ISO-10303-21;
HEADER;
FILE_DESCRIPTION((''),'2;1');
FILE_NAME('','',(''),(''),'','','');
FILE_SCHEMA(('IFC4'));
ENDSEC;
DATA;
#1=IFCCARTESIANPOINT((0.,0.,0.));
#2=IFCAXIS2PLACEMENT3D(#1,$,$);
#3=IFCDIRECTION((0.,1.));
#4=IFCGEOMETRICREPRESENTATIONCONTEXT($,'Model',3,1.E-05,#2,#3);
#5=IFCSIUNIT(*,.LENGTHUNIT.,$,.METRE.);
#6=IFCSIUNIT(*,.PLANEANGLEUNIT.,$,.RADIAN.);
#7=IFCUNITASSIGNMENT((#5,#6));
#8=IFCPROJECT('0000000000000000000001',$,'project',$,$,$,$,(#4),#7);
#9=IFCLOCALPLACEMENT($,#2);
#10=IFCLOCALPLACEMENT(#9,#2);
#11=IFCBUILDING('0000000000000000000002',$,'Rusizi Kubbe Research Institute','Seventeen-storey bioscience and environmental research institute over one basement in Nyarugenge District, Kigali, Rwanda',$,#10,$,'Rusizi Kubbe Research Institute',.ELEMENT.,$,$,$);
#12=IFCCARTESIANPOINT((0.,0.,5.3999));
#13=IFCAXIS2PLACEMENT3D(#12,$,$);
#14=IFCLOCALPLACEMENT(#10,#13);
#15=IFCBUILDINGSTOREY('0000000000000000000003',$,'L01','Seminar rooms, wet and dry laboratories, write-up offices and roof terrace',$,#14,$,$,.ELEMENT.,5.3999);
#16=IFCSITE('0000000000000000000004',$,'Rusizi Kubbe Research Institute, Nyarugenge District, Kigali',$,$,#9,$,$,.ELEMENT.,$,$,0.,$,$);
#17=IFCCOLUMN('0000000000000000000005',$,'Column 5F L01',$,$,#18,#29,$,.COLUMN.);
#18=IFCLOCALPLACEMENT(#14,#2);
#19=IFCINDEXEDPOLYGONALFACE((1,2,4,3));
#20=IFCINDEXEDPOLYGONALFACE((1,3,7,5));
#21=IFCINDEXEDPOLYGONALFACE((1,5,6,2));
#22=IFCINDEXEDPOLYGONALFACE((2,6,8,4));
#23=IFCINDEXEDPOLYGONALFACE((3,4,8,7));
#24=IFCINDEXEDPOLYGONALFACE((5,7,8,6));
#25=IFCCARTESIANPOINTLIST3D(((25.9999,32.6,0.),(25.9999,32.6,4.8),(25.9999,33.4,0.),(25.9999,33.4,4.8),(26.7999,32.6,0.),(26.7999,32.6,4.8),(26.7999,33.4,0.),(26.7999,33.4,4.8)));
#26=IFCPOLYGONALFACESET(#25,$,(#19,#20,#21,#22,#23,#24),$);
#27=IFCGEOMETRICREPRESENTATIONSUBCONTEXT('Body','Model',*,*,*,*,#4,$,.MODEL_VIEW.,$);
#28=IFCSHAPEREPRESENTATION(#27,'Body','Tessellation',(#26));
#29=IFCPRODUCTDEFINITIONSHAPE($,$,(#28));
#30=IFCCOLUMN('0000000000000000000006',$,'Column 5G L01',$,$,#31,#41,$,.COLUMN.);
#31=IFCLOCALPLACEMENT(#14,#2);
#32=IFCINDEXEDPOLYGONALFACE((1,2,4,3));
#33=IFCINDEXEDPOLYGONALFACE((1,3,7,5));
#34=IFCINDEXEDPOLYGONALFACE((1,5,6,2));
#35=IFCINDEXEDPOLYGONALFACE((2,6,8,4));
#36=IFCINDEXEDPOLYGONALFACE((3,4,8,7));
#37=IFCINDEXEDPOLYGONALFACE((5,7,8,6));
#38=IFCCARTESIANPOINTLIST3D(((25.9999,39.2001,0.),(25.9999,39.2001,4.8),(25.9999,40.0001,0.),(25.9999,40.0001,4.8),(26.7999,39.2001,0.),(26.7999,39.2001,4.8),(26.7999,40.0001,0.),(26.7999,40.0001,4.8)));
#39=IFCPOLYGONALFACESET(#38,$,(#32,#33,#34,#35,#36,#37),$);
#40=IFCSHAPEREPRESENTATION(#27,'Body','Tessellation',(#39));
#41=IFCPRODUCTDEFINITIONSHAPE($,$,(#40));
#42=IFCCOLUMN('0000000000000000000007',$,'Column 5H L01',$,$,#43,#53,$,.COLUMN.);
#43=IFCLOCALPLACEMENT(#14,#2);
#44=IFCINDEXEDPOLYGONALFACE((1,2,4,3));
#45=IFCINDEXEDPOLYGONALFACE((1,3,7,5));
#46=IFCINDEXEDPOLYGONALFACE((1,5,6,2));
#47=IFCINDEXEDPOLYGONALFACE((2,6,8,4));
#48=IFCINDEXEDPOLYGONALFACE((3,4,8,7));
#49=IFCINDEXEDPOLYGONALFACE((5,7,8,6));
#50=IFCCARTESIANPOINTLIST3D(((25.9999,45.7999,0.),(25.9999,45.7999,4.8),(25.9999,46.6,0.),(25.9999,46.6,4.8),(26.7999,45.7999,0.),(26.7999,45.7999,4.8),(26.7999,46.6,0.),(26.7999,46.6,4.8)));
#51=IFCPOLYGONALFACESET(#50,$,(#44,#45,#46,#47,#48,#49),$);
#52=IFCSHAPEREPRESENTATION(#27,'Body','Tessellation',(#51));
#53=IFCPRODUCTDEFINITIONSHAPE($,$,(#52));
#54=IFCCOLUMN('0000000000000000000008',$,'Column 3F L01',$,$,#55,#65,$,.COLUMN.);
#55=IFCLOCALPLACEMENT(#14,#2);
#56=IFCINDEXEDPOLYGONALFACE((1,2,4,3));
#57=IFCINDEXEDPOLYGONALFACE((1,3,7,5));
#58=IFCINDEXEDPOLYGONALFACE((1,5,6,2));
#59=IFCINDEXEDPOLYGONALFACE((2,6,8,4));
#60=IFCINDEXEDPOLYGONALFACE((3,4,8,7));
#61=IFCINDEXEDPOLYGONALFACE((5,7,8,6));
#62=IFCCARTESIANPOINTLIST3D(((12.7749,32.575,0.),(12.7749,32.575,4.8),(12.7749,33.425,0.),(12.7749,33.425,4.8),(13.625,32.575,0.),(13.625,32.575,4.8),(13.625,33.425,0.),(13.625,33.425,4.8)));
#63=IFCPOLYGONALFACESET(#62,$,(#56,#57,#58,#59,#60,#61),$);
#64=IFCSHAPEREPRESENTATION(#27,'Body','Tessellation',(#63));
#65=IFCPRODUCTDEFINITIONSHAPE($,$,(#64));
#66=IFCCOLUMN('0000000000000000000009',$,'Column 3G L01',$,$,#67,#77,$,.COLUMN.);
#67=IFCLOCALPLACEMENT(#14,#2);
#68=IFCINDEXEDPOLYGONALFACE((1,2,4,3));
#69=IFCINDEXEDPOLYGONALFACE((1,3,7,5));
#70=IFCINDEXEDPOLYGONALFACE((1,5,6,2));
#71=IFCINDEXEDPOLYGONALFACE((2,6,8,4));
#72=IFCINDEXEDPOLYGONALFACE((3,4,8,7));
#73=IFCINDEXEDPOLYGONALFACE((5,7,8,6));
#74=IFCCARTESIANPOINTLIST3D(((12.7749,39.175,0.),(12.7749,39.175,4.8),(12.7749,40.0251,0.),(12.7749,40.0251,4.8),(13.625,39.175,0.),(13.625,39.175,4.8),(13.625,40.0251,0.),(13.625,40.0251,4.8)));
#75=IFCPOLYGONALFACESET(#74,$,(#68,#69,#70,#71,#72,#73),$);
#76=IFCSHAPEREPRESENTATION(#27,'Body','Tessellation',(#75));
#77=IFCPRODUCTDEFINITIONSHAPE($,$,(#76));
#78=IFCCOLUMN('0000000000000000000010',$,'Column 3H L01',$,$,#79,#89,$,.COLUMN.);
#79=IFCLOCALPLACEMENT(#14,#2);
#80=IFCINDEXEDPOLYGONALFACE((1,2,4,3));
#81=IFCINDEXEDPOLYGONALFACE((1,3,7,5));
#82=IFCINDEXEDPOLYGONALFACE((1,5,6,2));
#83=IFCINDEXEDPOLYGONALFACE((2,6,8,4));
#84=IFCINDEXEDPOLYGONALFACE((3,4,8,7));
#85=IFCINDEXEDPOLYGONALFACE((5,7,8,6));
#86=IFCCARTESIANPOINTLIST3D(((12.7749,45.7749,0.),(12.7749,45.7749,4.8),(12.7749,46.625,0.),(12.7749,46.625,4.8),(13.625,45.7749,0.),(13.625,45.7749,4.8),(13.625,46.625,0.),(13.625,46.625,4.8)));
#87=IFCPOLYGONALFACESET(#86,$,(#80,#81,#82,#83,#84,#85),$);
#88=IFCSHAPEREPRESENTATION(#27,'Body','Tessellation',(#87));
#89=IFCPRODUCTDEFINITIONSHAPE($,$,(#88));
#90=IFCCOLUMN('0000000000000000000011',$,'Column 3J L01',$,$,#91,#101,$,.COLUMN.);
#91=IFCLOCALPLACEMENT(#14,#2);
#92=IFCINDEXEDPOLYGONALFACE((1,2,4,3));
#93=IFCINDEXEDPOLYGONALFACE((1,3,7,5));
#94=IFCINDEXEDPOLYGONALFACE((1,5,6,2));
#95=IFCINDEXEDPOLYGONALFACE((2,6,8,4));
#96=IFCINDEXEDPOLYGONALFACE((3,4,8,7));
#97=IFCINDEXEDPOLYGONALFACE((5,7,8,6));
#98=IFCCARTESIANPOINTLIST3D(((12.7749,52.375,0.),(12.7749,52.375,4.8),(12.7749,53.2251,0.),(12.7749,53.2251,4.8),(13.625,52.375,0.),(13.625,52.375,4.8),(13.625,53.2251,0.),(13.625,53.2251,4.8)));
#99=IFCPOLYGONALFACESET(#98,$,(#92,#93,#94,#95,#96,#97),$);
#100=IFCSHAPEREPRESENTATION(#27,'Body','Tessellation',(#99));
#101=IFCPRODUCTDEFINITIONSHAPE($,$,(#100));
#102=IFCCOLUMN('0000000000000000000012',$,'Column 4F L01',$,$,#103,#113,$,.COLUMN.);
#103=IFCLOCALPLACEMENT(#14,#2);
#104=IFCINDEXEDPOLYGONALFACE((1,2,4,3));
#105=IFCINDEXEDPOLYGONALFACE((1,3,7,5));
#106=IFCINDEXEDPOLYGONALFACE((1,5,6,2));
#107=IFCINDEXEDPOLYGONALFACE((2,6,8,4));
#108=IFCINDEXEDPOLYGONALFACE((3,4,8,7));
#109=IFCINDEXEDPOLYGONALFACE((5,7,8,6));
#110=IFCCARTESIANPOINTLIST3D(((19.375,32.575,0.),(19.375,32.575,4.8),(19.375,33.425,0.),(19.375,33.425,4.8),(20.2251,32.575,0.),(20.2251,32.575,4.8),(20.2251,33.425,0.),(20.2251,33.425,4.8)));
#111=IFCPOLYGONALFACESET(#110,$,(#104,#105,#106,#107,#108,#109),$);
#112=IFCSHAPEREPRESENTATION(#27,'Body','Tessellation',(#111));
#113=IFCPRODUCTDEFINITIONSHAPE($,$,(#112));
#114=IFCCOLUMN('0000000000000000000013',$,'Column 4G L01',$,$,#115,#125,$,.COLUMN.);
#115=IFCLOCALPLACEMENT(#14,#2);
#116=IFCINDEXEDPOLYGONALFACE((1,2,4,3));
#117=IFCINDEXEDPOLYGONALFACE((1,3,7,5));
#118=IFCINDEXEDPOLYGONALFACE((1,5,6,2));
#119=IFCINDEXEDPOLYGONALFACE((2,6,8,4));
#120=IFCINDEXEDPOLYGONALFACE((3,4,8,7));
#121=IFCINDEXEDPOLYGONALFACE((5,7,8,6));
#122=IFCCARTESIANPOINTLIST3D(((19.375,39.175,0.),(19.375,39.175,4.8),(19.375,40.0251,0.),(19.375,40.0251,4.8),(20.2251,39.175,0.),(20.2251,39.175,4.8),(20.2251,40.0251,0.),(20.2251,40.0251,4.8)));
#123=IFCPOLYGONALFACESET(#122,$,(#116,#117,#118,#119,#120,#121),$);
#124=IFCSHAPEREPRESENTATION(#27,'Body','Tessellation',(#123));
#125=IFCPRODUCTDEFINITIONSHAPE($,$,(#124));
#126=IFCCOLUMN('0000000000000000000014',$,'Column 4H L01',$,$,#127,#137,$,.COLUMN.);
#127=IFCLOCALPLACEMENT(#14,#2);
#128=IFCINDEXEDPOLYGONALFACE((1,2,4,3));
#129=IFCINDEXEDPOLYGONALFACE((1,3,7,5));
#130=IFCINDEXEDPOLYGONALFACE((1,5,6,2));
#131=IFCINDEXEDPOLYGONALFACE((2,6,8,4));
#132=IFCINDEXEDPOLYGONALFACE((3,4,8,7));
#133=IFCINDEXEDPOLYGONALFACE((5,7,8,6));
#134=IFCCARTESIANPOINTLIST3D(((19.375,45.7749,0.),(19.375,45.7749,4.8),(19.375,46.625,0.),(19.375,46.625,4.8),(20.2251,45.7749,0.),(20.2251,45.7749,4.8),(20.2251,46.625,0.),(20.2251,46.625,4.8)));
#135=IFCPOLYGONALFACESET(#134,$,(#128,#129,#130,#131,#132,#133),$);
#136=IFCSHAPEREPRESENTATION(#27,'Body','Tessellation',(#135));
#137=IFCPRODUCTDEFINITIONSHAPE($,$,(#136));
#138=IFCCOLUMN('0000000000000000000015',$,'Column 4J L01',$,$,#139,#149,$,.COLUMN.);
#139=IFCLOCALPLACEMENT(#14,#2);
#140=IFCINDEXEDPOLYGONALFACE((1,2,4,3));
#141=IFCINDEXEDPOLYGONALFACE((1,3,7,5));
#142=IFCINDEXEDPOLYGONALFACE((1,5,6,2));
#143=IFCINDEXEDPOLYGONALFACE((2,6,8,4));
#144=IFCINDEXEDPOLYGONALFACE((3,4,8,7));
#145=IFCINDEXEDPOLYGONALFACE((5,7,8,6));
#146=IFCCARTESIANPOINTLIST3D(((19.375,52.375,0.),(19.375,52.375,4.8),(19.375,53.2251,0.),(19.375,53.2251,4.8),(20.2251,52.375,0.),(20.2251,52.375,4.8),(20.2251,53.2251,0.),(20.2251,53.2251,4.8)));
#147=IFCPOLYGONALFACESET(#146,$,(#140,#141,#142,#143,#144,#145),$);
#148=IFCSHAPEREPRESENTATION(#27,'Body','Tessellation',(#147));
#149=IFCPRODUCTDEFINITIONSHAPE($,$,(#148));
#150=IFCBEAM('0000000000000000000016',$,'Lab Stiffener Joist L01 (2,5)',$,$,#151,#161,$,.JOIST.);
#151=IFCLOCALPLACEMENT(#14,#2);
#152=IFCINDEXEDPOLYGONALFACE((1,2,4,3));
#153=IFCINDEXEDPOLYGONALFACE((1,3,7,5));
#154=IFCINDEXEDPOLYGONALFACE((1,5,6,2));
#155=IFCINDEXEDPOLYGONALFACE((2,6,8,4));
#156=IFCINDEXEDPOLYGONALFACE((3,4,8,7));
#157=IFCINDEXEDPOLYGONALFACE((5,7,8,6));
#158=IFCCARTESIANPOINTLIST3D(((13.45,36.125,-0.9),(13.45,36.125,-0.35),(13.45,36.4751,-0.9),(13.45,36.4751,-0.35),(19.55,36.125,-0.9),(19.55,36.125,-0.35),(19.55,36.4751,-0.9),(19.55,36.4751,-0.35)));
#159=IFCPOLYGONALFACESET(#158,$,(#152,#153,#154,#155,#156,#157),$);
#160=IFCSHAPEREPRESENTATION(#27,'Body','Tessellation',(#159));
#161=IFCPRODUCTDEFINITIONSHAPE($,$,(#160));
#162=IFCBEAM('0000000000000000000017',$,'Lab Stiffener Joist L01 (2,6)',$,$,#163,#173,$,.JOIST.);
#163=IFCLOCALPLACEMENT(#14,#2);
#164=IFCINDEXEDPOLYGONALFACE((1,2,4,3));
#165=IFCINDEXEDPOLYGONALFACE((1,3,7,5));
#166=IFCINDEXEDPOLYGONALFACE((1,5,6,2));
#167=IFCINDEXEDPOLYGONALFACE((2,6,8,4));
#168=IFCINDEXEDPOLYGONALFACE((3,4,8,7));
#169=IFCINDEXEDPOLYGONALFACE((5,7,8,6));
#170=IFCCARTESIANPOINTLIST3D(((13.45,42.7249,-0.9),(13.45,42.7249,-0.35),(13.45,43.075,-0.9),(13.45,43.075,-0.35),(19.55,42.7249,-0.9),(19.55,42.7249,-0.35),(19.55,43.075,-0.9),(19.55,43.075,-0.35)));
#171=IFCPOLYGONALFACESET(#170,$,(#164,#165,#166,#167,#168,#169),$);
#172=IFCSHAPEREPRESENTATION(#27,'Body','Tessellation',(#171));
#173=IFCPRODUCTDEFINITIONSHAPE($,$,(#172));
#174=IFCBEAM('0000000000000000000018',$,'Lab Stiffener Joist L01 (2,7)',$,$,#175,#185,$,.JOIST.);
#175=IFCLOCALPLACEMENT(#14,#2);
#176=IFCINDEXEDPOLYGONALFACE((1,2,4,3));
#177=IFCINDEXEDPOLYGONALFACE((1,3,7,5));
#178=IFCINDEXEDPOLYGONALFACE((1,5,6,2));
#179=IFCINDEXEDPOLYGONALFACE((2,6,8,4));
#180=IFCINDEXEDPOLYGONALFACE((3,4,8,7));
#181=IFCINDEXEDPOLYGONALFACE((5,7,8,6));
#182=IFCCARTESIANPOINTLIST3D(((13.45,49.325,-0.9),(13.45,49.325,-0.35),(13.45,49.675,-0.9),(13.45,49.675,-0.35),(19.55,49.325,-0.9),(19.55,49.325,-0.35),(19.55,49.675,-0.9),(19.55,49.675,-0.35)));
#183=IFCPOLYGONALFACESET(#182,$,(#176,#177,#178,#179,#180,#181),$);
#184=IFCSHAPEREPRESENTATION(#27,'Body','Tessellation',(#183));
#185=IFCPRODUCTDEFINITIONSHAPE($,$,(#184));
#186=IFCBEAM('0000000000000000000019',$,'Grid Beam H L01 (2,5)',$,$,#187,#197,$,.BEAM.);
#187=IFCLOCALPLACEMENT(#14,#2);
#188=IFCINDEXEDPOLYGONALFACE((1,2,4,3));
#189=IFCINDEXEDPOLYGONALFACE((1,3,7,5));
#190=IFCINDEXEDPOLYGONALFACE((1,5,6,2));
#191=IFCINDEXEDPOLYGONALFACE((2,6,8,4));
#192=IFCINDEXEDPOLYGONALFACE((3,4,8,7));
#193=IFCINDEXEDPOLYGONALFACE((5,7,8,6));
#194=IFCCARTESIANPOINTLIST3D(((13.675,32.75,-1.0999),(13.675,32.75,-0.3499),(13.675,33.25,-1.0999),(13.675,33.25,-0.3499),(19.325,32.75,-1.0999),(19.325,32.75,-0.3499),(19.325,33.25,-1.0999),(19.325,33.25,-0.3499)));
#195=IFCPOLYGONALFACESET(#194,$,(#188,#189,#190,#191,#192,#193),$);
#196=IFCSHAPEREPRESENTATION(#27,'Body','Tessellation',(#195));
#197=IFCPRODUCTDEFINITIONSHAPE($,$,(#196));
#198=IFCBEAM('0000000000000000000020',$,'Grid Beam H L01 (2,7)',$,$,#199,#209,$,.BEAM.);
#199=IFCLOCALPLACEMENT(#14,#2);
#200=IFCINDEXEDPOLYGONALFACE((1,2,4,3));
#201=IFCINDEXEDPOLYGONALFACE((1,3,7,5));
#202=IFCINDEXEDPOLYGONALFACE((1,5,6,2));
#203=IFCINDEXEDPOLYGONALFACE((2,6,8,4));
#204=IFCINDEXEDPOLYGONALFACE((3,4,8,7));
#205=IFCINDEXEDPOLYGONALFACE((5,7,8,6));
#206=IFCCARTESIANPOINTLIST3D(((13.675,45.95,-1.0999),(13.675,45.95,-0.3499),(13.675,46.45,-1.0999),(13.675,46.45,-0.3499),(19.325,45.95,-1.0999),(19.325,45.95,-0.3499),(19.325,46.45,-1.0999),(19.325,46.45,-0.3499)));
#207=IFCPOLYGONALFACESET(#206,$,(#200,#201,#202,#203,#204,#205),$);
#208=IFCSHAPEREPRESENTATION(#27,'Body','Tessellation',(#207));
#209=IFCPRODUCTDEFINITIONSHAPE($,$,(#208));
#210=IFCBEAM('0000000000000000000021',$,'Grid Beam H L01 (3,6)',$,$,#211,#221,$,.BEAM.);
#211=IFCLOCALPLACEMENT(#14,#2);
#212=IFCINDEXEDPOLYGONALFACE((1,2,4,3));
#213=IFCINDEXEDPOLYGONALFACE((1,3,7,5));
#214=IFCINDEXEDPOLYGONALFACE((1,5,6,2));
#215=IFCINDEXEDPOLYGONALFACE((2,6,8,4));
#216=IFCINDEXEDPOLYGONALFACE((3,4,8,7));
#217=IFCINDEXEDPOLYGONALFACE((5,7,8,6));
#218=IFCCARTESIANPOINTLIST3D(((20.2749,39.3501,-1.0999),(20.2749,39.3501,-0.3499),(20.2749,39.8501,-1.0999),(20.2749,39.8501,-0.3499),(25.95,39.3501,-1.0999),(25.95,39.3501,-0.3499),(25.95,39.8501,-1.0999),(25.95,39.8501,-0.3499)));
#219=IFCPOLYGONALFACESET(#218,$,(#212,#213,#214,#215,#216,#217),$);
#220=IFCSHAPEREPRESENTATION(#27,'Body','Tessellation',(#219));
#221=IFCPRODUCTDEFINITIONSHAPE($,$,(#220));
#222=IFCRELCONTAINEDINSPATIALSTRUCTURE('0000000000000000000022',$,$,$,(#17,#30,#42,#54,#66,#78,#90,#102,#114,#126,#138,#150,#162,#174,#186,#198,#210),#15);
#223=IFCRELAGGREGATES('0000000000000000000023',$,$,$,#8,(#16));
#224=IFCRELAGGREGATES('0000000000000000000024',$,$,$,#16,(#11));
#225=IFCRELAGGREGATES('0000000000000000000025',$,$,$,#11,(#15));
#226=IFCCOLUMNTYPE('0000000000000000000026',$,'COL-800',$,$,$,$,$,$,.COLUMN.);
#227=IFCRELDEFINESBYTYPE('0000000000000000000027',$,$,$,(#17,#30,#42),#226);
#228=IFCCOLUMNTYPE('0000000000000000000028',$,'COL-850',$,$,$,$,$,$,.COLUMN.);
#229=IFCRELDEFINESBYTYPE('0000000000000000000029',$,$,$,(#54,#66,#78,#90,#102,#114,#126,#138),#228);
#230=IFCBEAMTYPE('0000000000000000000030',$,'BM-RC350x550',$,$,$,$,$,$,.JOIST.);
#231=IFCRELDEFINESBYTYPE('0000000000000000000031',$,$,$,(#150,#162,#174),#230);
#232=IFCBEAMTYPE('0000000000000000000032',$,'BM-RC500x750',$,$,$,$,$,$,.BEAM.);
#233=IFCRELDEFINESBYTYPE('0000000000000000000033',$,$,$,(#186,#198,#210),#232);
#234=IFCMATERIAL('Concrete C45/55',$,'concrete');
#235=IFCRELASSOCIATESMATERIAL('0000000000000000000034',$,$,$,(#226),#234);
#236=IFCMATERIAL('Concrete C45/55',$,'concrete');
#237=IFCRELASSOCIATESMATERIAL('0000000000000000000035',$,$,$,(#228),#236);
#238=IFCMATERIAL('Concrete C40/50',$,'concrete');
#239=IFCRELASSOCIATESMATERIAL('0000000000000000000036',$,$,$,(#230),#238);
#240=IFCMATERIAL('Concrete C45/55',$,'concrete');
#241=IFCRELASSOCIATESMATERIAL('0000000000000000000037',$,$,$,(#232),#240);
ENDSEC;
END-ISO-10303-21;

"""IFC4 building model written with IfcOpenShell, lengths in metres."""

from ifc_helpers import new_model, si_unit, direction, frame, origin, origin_2d, place, context, subcontext, project, spatial, rectangle, extrude, material, material_profile, profile_set, type_object, element, save


model = new_model("IFC4")

# Units and contexts
model_context = context("Model", 3, precision=1e-05, world=origin(), true_north=direction((0.0, 1.0)))
body_context = subcontext(model_context, "Body", "Model", "MODEL_VIEW")
ifc_project = project(units=[si_unit("LENGTHUNIT", "METRE"), si_unit("PLANEANGLEUNIT", "RADIAN")], contexts=[model_context])

# Site, building, storey
site_placement = place(None, origin())
site = spatial("IfcSite", under=ifc_project, at=site_placement, Name="Rusizi Kubbe Research Institute, Nyarugenge District, Kigali", CompositionType="ELEMENT", RefElevation=0.0)
building_placement = place(site_placement, origin())
building = spatial("IfcBuilding", under=site, at=building_placement, Name="Rusizi Kubbe Research Institute", Description="Seventeen-storey bioscience and environmental research institute over one basement in Nyarugenge District, Kigali, Rwanda", LongName="Rusizi Kubbe Research Institute", CompositionType="ELEMENT")
storey_placement = place(building_placement, frame((0.0, 0.0, 5.3999)))
storey = spatial("IfcBuildingStorey", under=building, at=storey_placement, Name="L01", Description="Seminar rooms, wet and dry laboratories, write-up offices and roof terrace", CompositionType="ELEMENT", Elevation=5.3999)

# Columns
ifc_material_1 = material(Name="Concrete C45/55", Category="concrete")
ifc_material_profile_1 = material_profile(ifc_material_1, rectangle(XDim=0.8, YDim=0.8, at=origin_2d()), Name="RC800x800")
ifc_profile_set_1 = profile_set([ifc_material_profile_1], Name="Concrete C45/55")
column_type_1 = type_object("IfcColumnType", Name="COL-800", PredefinedType="COLUMN", material=ifc_profile_set_1)
for number, where, z_axis, x_axis, name in (
    (1, (26.3999, 33.0, 0.0), (0.0, 0.0, 1.0), (1.0, 0.0, 0.0), "Column 5F L01"),
    (2, (26.3999, 39.6001, 0.0), (0.0, 0.0, 1.0), (1.0, 0.0, 0.0), "Column 5G L01"),
    (3, (26.3999, 46.2, 0.0), (0.0, 0.0, 1.0), (1.0, 0.0, 0.0), "Column 5H L01"),
):
    element("IfcColumn", number, at=place(storey_placement, frame(where, z_axis=z_axis, x_axis=x_axis)), inside=storey, type_object=column_type_1, Name=name, PredefinedType="COLUMN", context=body_context, shape_type="SweptSolid", body=[
        extrude(rectangle(XDim=0.8, YDim=0.8, at=origin_2d()), origin(), (0.0, 0.0, 1.0), 4.8),
    ])
ifc_material_2 = material(Name="Concrete C45/55", Category="concrete")
ifc_material_profile_2 = material_profile(ifc_material_2, rectangle(XDim=0.8501, YDim=0.8501, at=origin_2d()), Name="RC850x850")
ifc_profile_set_2 = profile_set([ifc_material_profile_2], Name="Concrete C45/55")
column_type_2 = type_object("IfcColumnType", Name="COL-850", PredefinedType="COLUMN", material=ifc_profile_set_2)
for number, where, z_axis, x_axis, name in (
    (4, (13.2, 33.0, 0.0), (0.0, 0.0, 1.0), (1.0, 0.0, 0.0), "Column 3F L01"),
    (5, (13.2, 39.6001, 0.0), (0.0, 0.0, 1.0), (1.0, 0.0, 0.0), "Column 3G L01"),
    (6, (13.2, 46.2, 0.0), (0.0, 0.0, 1.0), (1.0, 0.0, 0.0), "Column 3H L01"),
    (7, (13.2, 52.8, 0.0), (0.0, 0.0, 1.0), (1.0, 0.0, 0.0), "Column 3J L01"),
    (8, (19.8, 33.0, 0.0), (0.0, 0.0, 1.0), (1.0, 0.0, 0.0), "Column 4F L01"),
    (9, (19.8, 39.6001, 0.0), (0.0, 0.0, 1.0), (1.0, 0.0, 0.0), "Column 4G L01"),
    (10, (19.8, 46.2, 0.0), (0.0, 0.0, 1.0), (1.0, 0.0, 0.0), "Column 4H L01"),
    (11, (19.8, 52.8, 0.0), (0.0, 0.0, 1.0), (1.0, 0.0, 0.0), "Column 4J L01"),
):
    element("IfcColumn", number, at=place(storey_placement, frame(where, z_axis=z_axis, x_axis=x_axis)), inside=storey, type_object=column_type_2, Name=name, PredefinedType="COLUMN", context=body_context, shape_type="SweptSolid", body=[
        extrude(rectangle(XDim=0.8501, YDim=0.8501, at=origin_2d()), origin(), (0.0, 0.0, 1.0), 4.8),
    ])

# Beams
ifc_material_3 = material(Name="Concrete C40/50", Category="concrete")
ifc_material_profile_3 = material_profile(ifc_material_3, rectangle(XDim=0.3501, YDim=0.55, at=origin_2d()), Name="RC350x550")
ifc_profile_set_3 = profile_set([ifc_material_profile_3], Name="Concrete C40/50")
beam_type_1 = type_object("IfcBeamType", Name="BM-RC350x550", PredefinedType="JOIST", material=ifc_profile_set_3)
for number, where, z_axis, x_axis, name in (
    (12, (13.45, 36.3, -0.625), (1.0, 0.0, 0.0), (0.0, 1.0, 0.0), "Lab Stiffener Joist L01 (2,5)"),
    (13, (13.45, 42.8999, -0.625), (1.0, 0.0, 0.0), (0.0, 1.0, 0.0), "Lab Stiffener Joist L01 (2,6)"),
    (14, (13.45, 49.5, -0.625), (1.0, 0.0, 0.0), (0.0, 1.0, 0.0), "Lab Stiffener Joist L01 (2,7)"),
):
    element("IfcBeam", number, at=place(storey_placement, frame(where, z_axis=z_axis, x_axis=x_axis)), inside=storey, type_object=beam_type_1, Name=name, PredefinedType="JOIST", context=body_context, shape_type="SweptSolid", body=[
        extrude(rectangle(XDim=0.3501, YDim=0.55, at=origin_2d()), origin(), (0.0, 0.0, 1.0), 6.1001),
    ])
ifc_material_4 = material(Name="Concrete C45/55", Category="concrete")
ifc_material_profile_4 = material_profile(ifc_material_4, rectangle(XDim=0.5, YDim=0.75, at=origin_2d()), Name="RC500x750B")
ifc_profile_set_4 = profile_set([ifc_material_profile_4], Name="Concrete C45/55")
beam_type_2 = type_object("IfcBeamType", Name="BM-RC500x750", PredefinedType="BEAM", material=ifc_profile_set_4)
for number, where, z_axis, x_axis, name in (
    (15, (13.675, 33.0, -0.7249), (1.0, 0.0, 0.0), (0.0, 1.0, 0.0), "Grid Beam H L01 (2,5)"),
    (16, (13.675, 46.2, -0.7249), (1.0, 0.0, 0.0), (0.0, 1.0, 0.0), "Grid Beam H L01 (2,7)"),
):
    element("IfcBeam", number, at=place(storey_placement, frame(where, z_axis=z_axis, x_axis=x_axis)), inside=storey, type_object=beam_type_2, Name=name, PredefinedType="BEAM", context=body_context, shape_type="SweptSolid", body=[
        extrude(rectangle(XDim=0.5, YDim=0.75, at=origin_2d()), origin(), (0.0, 0.0, 1.0), 5.6499),
    ])
for number, where, z_axis, x_axis, name in (
    (17, (20.2749, 39.6001, -0.7249), (1.0, 0.0, 0.0), (0.0, 1.0, 0.0), "Grid Beam H L01 (3,6)"),
):
    element("IfcBeam", number, at=place(storey_placement, frame(where, z_axis=z_axis, x_axis=x_axis)), inside=storey, type_object=beam_type_2, Name=name, PredefinedType="BEAM", context=body_context, shape_type="SweptSolid", body=[
        extrude(rectangle(XDim=0.5, YDim=0.75, at=origin_2d()), origin(), (0.0, 0.0, 1.0), 5.675),
    ])

save(model, "model.ifc")
